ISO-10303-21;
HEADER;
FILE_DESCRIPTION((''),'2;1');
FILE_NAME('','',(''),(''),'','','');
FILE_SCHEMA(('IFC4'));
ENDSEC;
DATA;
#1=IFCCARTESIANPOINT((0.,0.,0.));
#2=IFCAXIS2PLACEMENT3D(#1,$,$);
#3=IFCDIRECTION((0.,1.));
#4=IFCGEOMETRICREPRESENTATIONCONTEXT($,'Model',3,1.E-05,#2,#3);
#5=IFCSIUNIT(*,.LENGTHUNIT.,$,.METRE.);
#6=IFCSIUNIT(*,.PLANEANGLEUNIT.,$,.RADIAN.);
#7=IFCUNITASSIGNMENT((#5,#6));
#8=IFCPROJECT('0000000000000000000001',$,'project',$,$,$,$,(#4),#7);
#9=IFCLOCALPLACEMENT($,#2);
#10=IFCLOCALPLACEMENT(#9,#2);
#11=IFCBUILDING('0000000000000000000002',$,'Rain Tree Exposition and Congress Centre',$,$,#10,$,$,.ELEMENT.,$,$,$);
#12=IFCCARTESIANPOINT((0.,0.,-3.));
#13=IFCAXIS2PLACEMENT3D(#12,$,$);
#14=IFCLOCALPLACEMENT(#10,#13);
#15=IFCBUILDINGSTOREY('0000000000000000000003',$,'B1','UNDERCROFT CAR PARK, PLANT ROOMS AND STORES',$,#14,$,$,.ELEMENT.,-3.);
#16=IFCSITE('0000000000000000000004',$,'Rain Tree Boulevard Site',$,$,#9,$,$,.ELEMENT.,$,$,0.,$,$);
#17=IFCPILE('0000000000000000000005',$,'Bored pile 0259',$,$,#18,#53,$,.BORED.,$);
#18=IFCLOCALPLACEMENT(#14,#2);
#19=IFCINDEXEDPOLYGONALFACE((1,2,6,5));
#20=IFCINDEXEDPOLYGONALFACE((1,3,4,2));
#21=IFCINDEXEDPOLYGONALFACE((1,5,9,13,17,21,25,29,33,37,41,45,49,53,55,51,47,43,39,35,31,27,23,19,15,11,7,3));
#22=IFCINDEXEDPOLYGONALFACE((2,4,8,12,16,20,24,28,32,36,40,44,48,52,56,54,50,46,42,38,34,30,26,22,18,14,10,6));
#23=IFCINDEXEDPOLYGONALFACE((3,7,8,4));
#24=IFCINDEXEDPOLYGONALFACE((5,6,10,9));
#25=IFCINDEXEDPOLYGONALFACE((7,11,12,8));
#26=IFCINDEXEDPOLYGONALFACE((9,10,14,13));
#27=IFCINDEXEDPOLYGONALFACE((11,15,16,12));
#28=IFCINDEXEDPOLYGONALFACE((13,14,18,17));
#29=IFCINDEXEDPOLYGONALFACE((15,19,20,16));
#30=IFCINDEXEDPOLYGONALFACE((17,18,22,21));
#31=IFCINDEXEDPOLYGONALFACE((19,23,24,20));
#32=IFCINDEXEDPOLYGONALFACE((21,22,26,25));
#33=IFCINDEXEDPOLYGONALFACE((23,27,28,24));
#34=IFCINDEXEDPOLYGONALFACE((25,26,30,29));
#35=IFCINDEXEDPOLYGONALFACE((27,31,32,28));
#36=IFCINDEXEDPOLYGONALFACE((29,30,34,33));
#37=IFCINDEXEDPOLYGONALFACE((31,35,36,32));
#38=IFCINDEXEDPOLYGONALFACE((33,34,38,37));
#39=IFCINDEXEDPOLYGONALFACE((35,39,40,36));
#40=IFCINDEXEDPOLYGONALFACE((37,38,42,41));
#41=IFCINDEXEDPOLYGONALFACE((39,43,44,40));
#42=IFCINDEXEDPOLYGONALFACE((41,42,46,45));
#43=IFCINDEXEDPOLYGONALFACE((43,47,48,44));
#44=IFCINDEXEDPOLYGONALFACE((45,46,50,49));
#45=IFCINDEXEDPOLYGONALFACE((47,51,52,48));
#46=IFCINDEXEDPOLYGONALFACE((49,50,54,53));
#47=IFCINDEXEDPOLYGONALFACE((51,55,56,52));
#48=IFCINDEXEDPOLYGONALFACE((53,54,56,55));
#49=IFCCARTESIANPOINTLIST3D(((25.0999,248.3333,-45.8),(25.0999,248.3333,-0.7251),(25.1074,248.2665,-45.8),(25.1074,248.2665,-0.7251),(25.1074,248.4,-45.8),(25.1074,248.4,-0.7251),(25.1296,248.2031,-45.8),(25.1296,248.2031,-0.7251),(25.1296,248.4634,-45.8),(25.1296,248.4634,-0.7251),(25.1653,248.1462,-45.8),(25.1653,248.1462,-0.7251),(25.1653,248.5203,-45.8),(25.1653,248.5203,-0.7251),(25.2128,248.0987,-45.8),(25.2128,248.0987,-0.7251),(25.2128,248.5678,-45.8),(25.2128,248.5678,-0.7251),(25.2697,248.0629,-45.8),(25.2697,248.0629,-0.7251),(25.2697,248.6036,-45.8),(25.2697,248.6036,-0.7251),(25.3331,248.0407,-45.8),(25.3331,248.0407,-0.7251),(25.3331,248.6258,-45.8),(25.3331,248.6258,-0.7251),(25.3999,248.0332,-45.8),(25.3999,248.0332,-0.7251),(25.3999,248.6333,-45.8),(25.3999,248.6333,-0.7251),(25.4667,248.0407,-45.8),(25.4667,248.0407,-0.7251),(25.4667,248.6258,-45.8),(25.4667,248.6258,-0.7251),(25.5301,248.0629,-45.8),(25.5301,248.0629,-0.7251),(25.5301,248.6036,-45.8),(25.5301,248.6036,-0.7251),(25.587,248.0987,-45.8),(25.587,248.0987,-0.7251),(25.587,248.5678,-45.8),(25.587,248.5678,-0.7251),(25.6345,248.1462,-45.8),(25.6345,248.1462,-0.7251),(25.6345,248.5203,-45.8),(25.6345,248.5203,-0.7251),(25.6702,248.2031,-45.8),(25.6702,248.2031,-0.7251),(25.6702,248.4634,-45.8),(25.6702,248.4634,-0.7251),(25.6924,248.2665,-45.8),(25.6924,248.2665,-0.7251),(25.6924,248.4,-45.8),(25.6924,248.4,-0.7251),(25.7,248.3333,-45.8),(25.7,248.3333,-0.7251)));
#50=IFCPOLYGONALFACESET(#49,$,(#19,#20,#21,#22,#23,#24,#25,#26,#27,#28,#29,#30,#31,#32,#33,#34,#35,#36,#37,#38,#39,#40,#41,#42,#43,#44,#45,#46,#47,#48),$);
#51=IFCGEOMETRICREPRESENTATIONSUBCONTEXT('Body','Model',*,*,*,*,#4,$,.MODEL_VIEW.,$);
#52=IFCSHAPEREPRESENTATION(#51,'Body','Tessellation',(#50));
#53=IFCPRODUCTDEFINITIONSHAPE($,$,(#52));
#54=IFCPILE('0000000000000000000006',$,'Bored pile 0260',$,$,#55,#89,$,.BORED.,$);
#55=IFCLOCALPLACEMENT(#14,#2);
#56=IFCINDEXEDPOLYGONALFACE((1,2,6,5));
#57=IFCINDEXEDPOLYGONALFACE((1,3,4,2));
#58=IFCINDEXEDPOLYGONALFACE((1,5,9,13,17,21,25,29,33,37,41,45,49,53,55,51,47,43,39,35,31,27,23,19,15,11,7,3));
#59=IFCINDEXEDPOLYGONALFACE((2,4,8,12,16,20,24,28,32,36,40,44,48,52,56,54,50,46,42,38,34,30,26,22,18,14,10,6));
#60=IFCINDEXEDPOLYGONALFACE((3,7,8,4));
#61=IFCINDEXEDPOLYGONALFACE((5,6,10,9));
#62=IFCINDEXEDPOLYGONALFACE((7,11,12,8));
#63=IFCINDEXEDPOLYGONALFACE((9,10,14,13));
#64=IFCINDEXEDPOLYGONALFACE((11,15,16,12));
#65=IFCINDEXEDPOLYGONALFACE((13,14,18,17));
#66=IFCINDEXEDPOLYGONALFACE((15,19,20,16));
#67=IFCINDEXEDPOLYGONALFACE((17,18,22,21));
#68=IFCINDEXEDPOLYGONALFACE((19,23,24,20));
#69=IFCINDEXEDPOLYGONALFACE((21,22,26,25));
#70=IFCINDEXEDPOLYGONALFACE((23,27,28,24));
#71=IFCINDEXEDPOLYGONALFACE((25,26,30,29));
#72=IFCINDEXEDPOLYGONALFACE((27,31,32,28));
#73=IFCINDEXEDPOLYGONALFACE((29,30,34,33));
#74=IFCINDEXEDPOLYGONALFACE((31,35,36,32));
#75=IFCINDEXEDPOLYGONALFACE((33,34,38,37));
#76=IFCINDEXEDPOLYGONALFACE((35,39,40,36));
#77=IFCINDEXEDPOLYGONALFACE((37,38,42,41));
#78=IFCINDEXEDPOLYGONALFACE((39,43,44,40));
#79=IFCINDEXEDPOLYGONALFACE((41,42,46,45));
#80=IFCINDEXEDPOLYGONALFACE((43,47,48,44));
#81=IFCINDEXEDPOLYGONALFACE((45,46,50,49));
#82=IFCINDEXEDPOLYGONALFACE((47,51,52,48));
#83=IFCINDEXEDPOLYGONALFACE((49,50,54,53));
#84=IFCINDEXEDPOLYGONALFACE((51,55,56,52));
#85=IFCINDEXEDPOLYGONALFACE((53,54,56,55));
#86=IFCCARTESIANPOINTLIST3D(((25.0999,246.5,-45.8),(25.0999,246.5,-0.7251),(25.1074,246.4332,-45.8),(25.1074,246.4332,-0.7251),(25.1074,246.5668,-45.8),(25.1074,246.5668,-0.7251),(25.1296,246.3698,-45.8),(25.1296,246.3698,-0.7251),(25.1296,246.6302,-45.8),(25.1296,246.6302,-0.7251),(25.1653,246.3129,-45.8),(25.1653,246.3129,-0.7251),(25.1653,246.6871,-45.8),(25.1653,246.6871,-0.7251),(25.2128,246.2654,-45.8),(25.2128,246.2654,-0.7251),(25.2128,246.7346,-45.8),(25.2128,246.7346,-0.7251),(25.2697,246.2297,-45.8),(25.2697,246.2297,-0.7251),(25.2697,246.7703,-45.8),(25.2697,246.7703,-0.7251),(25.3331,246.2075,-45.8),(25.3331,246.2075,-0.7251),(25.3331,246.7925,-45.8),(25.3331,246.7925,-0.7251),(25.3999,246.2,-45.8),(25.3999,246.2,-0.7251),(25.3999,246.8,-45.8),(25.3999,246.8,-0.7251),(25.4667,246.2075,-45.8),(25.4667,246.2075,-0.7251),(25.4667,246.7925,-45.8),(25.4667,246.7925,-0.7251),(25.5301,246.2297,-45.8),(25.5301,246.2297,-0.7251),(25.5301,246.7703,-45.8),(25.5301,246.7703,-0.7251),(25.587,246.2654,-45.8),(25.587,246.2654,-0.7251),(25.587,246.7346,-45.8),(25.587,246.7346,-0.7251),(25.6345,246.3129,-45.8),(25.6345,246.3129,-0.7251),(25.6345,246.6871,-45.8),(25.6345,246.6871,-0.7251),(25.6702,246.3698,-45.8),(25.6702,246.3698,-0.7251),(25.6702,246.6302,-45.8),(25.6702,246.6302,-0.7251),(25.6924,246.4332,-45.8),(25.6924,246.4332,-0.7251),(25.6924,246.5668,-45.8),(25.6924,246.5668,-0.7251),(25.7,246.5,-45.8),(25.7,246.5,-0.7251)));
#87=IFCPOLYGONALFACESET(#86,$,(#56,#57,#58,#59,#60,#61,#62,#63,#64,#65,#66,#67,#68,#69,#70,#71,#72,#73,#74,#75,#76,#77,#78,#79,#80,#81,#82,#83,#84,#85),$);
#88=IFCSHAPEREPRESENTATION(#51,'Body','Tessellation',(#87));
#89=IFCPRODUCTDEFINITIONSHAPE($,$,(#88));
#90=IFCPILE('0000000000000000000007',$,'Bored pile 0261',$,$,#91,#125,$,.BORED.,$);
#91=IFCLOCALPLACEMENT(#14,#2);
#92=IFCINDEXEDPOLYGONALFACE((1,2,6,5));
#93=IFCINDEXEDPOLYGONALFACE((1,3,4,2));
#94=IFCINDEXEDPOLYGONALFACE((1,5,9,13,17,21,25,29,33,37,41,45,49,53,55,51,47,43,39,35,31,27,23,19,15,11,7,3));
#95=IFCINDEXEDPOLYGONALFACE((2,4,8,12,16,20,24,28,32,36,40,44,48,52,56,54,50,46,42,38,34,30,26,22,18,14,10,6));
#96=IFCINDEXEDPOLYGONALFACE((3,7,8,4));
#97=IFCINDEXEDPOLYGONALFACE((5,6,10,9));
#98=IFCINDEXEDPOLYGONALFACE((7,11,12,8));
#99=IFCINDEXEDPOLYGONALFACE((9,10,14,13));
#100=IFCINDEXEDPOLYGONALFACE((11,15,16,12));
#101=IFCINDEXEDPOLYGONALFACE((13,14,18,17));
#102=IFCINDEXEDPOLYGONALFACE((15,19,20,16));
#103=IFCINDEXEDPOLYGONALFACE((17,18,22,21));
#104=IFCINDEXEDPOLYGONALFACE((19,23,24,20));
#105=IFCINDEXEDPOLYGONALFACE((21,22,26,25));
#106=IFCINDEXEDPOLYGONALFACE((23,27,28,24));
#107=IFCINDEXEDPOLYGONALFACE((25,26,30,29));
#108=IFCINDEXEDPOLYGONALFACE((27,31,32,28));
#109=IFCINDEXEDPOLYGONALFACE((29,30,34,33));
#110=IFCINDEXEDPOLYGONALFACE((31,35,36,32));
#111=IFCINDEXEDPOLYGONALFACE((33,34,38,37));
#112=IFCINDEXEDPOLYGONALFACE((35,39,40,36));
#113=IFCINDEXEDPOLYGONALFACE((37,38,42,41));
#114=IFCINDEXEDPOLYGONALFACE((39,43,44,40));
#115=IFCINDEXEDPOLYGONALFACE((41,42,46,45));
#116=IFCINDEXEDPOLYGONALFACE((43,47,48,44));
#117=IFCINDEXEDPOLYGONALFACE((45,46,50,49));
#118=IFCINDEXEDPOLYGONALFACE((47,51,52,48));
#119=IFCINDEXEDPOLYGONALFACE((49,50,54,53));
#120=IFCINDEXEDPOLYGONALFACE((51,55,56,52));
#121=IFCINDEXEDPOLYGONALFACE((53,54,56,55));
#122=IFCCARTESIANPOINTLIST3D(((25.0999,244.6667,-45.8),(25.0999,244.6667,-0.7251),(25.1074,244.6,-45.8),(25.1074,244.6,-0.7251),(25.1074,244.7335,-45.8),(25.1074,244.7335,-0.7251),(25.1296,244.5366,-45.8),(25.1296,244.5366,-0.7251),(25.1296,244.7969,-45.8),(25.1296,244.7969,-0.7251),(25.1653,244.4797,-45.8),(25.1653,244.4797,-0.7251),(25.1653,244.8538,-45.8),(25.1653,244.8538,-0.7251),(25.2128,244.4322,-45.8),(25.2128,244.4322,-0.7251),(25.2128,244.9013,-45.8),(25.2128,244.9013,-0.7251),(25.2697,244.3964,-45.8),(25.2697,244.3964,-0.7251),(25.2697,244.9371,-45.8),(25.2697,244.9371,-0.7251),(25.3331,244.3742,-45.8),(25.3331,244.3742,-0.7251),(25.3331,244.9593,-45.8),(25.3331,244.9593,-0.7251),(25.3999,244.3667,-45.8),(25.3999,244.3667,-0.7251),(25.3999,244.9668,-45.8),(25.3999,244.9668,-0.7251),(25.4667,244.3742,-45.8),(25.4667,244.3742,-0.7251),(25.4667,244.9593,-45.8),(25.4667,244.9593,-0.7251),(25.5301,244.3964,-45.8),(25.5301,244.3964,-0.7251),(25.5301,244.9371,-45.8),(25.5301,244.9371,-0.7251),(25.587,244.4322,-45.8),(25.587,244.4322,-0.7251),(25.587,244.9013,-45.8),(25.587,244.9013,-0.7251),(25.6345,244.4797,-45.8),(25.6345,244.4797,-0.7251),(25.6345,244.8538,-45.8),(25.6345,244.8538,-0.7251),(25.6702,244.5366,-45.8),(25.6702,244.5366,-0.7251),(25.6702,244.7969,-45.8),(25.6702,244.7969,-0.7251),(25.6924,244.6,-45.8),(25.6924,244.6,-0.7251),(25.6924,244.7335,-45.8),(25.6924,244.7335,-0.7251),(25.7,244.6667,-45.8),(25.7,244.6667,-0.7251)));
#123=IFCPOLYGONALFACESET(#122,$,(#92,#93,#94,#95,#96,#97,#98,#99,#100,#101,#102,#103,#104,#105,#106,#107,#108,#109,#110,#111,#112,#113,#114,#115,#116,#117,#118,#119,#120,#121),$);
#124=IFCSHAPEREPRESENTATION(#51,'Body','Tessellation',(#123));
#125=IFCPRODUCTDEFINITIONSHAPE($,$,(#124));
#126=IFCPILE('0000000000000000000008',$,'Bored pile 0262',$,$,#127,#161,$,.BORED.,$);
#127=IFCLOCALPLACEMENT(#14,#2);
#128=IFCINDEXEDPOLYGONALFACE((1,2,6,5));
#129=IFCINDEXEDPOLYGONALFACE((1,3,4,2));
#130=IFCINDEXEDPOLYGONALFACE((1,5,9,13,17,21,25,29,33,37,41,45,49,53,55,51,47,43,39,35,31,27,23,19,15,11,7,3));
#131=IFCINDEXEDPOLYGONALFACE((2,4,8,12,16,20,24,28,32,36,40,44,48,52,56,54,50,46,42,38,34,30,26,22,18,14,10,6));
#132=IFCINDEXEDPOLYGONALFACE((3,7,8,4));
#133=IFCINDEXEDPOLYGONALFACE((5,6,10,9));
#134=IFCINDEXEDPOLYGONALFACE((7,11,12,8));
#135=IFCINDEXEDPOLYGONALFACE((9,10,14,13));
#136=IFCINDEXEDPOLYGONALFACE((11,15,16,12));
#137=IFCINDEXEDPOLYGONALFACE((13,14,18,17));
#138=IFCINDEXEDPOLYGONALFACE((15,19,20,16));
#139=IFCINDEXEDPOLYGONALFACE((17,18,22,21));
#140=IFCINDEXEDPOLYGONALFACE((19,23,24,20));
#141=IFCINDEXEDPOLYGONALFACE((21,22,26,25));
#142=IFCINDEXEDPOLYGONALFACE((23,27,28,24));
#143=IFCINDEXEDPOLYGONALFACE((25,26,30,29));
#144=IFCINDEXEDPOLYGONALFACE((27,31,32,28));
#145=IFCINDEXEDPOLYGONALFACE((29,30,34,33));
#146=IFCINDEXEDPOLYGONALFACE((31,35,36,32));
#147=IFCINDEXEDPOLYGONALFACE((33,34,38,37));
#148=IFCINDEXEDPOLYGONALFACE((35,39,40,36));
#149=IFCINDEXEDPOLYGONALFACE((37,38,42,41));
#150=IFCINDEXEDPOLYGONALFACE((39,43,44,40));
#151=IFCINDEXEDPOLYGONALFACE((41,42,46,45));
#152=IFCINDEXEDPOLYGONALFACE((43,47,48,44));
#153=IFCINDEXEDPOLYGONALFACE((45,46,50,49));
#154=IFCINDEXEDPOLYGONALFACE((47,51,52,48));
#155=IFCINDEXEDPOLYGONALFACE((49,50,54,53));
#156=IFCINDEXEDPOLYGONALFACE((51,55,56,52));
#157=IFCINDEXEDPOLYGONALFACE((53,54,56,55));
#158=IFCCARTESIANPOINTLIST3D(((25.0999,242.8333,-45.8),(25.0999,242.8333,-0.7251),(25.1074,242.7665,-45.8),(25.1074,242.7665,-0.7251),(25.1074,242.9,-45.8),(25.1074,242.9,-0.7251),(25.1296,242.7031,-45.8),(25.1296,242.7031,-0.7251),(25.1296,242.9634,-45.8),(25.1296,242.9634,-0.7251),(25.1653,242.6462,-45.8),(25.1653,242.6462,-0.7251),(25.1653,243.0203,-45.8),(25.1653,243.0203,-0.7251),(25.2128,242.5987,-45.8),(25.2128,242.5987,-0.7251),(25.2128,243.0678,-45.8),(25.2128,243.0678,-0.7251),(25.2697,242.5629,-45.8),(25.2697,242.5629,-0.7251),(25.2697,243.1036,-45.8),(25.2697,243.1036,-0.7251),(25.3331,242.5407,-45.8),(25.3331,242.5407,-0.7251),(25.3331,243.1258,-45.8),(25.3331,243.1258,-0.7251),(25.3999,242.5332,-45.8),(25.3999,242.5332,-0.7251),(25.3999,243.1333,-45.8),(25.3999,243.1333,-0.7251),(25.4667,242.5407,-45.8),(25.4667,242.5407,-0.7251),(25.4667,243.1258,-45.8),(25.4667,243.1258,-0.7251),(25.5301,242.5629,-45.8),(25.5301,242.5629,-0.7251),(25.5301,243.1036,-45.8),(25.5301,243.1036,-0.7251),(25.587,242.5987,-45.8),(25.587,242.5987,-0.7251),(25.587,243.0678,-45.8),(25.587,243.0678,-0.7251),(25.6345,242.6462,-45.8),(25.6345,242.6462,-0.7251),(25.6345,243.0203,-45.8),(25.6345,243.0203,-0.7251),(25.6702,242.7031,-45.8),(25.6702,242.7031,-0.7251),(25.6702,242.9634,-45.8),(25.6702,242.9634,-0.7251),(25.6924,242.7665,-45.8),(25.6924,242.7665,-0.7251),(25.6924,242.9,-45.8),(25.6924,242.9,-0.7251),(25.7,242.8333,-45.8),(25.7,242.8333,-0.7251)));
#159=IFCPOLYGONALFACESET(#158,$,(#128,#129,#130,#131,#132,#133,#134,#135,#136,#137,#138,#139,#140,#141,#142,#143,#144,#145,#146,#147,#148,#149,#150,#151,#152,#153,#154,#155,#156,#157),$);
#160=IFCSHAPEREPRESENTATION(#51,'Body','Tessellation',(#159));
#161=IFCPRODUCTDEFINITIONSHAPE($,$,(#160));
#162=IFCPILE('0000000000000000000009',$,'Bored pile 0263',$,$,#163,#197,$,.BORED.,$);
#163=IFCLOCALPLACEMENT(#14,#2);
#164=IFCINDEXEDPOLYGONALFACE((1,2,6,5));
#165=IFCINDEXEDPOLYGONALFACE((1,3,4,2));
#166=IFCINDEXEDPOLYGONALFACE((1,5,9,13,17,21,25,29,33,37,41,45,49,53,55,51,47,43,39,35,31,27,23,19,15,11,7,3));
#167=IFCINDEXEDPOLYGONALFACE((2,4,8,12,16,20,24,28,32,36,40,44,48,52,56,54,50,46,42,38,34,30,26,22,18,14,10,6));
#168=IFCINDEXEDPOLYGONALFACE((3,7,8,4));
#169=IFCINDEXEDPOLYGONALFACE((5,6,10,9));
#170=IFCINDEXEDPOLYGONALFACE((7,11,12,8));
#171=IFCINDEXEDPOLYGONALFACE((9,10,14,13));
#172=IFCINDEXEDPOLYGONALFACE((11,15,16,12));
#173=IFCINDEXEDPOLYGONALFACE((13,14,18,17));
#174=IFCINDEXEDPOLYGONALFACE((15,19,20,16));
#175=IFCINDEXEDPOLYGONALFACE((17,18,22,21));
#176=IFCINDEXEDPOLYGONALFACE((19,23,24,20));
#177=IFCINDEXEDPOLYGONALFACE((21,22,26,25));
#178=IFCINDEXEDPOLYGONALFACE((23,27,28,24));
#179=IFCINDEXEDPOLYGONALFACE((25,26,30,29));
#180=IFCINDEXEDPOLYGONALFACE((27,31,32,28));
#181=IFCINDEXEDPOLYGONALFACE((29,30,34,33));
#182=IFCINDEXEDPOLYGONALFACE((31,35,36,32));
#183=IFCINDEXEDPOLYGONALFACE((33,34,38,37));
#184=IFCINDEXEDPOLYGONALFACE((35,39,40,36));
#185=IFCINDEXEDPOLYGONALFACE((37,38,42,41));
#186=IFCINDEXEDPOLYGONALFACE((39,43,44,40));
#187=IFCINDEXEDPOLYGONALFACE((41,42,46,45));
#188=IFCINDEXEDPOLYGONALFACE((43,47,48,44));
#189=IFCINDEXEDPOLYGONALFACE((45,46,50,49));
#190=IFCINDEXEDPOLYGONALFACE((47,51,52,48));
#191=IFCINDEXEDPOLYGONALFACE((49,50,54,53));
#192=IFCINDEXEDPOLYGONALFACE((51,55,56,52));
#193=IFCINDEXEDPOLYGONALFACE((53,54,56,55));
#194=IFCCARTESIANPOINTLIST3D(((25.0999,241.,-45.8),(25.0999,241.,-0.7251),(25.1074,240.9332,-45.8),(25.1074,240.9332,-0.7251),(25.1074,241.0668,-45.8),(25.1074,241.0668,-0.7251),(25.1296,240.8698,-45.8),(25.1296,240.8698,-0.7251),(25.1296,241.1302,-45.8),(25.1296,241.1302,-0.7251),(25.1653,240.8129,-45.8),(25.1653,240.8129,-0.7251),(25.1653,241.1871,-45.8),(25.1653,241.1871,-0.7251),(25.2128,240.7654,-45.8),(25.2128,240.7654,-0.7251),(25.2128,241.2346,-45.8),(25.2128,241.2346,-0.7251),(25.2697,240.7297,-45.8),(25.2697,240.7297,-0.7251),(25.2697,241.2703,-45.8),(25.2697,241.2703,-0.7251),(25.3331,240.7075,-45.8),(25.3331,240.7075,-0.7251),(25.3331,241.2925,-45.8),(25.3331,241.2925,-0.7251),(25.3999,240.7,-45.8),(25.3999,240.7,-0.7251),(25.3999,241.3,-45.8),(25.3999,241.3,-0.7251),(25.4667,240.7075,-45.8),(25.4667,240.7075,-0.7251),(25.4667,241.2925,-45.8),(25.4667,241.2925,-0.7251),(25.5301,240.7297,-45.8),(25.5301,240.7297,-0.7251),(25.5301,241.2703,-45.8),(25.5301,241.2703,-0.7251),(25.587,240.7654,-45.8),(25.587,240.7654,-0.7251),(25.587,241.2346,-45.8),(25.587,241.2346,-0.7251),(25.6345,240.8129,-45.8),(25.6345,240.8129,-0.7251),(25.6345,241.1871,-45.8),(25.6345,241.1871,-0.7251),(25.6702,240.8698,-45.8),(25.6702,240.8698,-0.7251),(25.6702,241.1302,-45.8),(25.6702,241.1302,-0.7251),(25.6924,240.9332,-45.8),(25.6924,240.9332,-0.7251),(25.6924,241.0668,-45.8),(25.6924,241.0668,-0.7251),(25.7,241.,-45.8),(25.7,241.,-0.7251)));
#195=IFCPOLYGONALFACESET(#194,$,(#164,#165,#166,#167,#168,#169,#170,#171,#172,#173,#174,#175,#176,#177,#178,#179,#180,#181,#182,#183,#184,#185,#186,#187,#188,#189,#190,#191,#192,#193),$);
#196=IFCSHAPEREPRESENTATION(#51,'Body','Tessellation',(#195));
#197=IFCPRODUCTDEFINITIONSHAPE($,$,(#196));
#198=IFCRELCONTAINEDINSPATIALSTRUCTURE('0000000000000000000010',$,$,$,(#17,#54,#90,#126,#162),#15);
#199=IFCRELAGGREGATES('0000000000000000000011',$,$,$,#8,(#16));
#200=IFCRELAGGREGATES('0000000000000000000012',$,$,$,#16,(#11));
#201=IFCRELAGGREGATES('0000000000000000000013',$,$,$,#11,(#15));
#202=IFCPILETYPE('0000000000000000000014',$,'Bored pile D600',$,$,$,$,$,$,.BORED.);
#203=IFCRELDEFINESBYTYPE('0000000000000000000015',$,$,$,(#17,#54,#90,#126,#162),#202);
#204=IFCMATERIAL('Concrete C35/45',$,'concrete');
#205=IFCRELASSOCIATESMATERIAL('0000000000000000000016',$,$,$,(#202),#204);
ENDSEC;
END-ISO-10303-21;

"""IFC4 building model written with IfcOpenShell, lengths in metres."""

from ifc_helpers import new_model, si_unit, direction, frame, origin, origin_2d, place, context, subcontext, project, spatial, circle, extrude, material, material_profile, profile_set, type_object, element, save


model = new_model("IFC4")

# Units and contexts
model_context = context("Model", 3, precision=1e-05, world=origin(), true_north=direction((0.0, 1.0)))
body_context = subcontext(model_context, "Body", "Model", "MODEL_VIEW")
ifc_project = project(units=[si_unit("LENGTHUNIT", "METRE"), si_unit("PLANEANGLEUNIT", "RADIAN")], contexts=[model_context])

# Site, building, storey
site_placement = place(None, origin())
site = spatial("IfcSite", under=ifc_project, at=site_placement, Name="Rain Tree Boulevard Site", CompositionType="ELEMENT", RefElevation=0.0)
building_placement = place(site_placement, origin())
building = spatial("IfcBuilding", under=site, at=building_placement, Name="Rain Tree Exposition and Congress Centre", CompositionType="ELEMENT")
storey_placement = place(building_placement, frame((0.0, 0.0, -3.0)))
storey = spatial("IfcBuildingStorey", under=building, at=storey_placement, Name="B1", Description="UNDERCROFT CAR PARK, PLANT ROOMS AND STORES", CompositionType="ELEMENT", Elevation=-3.0)

# Piles
ifc_material_1 = material(Name="Concrete C35/45", Category="concrete")
ifc_material_profile_1 = material_profile(ifc_material_1, circle(Radius=0.3, at=origin_2d()), Name="D600")
ifc_profile_set_1 = profile_set([ifc_material_profile_1], Name="Concrete C35/45")
pile_type_1 = type_object("IfcPileType", Name="Bored pile D600", PredefinedType="BORED", material=ifc_profile_set_1)
for number, where, z_axis, x_axis, name in (
    (1, (25.3999, 248.3333, -0.7251), (0.0, 0.0, -1.0), (1.0, 0.0, 0.0), "Bored pile 0259"),
    (2, (25.3999, 246.5, -0.7251), (0.0, 0.0, -1.0), (1.0, 0.0, 0.0), "Bored pile 0260"),
    (3, (25.3999, 244.6667, -0.7251), (0.0, 0.0, -1.0), (1.0, 0.0, 0.0), "Bored pile 0261"),
    (4, (25.3999, 242.8333, -0.7251), (0.0, 0.0, -1.0), (1.0, 0.0, 0.0), "Bored pile 0262"),
    (5, (25.3999, 241.0, -0.7251), (0.0, 0.0, -1.0), (1.0, 0.0, 0.0), "Bored pile 0263"),
):
    element("IfcPile", number, at=place(storey_placement, frame(where, z_axis=z_axis, x_axis=x_axis)), inside=storey, type_object=pile_type_1, Name=name, PredefinedType="BORED", context=body_context, shape_type="SweptSolid", body=[
        extrude(circle(Radius=0.3, at=origin_2d()), origin(), (0.0, 0.0, 1.0), 45.075),
    ])

save(model, "model.ifc")
